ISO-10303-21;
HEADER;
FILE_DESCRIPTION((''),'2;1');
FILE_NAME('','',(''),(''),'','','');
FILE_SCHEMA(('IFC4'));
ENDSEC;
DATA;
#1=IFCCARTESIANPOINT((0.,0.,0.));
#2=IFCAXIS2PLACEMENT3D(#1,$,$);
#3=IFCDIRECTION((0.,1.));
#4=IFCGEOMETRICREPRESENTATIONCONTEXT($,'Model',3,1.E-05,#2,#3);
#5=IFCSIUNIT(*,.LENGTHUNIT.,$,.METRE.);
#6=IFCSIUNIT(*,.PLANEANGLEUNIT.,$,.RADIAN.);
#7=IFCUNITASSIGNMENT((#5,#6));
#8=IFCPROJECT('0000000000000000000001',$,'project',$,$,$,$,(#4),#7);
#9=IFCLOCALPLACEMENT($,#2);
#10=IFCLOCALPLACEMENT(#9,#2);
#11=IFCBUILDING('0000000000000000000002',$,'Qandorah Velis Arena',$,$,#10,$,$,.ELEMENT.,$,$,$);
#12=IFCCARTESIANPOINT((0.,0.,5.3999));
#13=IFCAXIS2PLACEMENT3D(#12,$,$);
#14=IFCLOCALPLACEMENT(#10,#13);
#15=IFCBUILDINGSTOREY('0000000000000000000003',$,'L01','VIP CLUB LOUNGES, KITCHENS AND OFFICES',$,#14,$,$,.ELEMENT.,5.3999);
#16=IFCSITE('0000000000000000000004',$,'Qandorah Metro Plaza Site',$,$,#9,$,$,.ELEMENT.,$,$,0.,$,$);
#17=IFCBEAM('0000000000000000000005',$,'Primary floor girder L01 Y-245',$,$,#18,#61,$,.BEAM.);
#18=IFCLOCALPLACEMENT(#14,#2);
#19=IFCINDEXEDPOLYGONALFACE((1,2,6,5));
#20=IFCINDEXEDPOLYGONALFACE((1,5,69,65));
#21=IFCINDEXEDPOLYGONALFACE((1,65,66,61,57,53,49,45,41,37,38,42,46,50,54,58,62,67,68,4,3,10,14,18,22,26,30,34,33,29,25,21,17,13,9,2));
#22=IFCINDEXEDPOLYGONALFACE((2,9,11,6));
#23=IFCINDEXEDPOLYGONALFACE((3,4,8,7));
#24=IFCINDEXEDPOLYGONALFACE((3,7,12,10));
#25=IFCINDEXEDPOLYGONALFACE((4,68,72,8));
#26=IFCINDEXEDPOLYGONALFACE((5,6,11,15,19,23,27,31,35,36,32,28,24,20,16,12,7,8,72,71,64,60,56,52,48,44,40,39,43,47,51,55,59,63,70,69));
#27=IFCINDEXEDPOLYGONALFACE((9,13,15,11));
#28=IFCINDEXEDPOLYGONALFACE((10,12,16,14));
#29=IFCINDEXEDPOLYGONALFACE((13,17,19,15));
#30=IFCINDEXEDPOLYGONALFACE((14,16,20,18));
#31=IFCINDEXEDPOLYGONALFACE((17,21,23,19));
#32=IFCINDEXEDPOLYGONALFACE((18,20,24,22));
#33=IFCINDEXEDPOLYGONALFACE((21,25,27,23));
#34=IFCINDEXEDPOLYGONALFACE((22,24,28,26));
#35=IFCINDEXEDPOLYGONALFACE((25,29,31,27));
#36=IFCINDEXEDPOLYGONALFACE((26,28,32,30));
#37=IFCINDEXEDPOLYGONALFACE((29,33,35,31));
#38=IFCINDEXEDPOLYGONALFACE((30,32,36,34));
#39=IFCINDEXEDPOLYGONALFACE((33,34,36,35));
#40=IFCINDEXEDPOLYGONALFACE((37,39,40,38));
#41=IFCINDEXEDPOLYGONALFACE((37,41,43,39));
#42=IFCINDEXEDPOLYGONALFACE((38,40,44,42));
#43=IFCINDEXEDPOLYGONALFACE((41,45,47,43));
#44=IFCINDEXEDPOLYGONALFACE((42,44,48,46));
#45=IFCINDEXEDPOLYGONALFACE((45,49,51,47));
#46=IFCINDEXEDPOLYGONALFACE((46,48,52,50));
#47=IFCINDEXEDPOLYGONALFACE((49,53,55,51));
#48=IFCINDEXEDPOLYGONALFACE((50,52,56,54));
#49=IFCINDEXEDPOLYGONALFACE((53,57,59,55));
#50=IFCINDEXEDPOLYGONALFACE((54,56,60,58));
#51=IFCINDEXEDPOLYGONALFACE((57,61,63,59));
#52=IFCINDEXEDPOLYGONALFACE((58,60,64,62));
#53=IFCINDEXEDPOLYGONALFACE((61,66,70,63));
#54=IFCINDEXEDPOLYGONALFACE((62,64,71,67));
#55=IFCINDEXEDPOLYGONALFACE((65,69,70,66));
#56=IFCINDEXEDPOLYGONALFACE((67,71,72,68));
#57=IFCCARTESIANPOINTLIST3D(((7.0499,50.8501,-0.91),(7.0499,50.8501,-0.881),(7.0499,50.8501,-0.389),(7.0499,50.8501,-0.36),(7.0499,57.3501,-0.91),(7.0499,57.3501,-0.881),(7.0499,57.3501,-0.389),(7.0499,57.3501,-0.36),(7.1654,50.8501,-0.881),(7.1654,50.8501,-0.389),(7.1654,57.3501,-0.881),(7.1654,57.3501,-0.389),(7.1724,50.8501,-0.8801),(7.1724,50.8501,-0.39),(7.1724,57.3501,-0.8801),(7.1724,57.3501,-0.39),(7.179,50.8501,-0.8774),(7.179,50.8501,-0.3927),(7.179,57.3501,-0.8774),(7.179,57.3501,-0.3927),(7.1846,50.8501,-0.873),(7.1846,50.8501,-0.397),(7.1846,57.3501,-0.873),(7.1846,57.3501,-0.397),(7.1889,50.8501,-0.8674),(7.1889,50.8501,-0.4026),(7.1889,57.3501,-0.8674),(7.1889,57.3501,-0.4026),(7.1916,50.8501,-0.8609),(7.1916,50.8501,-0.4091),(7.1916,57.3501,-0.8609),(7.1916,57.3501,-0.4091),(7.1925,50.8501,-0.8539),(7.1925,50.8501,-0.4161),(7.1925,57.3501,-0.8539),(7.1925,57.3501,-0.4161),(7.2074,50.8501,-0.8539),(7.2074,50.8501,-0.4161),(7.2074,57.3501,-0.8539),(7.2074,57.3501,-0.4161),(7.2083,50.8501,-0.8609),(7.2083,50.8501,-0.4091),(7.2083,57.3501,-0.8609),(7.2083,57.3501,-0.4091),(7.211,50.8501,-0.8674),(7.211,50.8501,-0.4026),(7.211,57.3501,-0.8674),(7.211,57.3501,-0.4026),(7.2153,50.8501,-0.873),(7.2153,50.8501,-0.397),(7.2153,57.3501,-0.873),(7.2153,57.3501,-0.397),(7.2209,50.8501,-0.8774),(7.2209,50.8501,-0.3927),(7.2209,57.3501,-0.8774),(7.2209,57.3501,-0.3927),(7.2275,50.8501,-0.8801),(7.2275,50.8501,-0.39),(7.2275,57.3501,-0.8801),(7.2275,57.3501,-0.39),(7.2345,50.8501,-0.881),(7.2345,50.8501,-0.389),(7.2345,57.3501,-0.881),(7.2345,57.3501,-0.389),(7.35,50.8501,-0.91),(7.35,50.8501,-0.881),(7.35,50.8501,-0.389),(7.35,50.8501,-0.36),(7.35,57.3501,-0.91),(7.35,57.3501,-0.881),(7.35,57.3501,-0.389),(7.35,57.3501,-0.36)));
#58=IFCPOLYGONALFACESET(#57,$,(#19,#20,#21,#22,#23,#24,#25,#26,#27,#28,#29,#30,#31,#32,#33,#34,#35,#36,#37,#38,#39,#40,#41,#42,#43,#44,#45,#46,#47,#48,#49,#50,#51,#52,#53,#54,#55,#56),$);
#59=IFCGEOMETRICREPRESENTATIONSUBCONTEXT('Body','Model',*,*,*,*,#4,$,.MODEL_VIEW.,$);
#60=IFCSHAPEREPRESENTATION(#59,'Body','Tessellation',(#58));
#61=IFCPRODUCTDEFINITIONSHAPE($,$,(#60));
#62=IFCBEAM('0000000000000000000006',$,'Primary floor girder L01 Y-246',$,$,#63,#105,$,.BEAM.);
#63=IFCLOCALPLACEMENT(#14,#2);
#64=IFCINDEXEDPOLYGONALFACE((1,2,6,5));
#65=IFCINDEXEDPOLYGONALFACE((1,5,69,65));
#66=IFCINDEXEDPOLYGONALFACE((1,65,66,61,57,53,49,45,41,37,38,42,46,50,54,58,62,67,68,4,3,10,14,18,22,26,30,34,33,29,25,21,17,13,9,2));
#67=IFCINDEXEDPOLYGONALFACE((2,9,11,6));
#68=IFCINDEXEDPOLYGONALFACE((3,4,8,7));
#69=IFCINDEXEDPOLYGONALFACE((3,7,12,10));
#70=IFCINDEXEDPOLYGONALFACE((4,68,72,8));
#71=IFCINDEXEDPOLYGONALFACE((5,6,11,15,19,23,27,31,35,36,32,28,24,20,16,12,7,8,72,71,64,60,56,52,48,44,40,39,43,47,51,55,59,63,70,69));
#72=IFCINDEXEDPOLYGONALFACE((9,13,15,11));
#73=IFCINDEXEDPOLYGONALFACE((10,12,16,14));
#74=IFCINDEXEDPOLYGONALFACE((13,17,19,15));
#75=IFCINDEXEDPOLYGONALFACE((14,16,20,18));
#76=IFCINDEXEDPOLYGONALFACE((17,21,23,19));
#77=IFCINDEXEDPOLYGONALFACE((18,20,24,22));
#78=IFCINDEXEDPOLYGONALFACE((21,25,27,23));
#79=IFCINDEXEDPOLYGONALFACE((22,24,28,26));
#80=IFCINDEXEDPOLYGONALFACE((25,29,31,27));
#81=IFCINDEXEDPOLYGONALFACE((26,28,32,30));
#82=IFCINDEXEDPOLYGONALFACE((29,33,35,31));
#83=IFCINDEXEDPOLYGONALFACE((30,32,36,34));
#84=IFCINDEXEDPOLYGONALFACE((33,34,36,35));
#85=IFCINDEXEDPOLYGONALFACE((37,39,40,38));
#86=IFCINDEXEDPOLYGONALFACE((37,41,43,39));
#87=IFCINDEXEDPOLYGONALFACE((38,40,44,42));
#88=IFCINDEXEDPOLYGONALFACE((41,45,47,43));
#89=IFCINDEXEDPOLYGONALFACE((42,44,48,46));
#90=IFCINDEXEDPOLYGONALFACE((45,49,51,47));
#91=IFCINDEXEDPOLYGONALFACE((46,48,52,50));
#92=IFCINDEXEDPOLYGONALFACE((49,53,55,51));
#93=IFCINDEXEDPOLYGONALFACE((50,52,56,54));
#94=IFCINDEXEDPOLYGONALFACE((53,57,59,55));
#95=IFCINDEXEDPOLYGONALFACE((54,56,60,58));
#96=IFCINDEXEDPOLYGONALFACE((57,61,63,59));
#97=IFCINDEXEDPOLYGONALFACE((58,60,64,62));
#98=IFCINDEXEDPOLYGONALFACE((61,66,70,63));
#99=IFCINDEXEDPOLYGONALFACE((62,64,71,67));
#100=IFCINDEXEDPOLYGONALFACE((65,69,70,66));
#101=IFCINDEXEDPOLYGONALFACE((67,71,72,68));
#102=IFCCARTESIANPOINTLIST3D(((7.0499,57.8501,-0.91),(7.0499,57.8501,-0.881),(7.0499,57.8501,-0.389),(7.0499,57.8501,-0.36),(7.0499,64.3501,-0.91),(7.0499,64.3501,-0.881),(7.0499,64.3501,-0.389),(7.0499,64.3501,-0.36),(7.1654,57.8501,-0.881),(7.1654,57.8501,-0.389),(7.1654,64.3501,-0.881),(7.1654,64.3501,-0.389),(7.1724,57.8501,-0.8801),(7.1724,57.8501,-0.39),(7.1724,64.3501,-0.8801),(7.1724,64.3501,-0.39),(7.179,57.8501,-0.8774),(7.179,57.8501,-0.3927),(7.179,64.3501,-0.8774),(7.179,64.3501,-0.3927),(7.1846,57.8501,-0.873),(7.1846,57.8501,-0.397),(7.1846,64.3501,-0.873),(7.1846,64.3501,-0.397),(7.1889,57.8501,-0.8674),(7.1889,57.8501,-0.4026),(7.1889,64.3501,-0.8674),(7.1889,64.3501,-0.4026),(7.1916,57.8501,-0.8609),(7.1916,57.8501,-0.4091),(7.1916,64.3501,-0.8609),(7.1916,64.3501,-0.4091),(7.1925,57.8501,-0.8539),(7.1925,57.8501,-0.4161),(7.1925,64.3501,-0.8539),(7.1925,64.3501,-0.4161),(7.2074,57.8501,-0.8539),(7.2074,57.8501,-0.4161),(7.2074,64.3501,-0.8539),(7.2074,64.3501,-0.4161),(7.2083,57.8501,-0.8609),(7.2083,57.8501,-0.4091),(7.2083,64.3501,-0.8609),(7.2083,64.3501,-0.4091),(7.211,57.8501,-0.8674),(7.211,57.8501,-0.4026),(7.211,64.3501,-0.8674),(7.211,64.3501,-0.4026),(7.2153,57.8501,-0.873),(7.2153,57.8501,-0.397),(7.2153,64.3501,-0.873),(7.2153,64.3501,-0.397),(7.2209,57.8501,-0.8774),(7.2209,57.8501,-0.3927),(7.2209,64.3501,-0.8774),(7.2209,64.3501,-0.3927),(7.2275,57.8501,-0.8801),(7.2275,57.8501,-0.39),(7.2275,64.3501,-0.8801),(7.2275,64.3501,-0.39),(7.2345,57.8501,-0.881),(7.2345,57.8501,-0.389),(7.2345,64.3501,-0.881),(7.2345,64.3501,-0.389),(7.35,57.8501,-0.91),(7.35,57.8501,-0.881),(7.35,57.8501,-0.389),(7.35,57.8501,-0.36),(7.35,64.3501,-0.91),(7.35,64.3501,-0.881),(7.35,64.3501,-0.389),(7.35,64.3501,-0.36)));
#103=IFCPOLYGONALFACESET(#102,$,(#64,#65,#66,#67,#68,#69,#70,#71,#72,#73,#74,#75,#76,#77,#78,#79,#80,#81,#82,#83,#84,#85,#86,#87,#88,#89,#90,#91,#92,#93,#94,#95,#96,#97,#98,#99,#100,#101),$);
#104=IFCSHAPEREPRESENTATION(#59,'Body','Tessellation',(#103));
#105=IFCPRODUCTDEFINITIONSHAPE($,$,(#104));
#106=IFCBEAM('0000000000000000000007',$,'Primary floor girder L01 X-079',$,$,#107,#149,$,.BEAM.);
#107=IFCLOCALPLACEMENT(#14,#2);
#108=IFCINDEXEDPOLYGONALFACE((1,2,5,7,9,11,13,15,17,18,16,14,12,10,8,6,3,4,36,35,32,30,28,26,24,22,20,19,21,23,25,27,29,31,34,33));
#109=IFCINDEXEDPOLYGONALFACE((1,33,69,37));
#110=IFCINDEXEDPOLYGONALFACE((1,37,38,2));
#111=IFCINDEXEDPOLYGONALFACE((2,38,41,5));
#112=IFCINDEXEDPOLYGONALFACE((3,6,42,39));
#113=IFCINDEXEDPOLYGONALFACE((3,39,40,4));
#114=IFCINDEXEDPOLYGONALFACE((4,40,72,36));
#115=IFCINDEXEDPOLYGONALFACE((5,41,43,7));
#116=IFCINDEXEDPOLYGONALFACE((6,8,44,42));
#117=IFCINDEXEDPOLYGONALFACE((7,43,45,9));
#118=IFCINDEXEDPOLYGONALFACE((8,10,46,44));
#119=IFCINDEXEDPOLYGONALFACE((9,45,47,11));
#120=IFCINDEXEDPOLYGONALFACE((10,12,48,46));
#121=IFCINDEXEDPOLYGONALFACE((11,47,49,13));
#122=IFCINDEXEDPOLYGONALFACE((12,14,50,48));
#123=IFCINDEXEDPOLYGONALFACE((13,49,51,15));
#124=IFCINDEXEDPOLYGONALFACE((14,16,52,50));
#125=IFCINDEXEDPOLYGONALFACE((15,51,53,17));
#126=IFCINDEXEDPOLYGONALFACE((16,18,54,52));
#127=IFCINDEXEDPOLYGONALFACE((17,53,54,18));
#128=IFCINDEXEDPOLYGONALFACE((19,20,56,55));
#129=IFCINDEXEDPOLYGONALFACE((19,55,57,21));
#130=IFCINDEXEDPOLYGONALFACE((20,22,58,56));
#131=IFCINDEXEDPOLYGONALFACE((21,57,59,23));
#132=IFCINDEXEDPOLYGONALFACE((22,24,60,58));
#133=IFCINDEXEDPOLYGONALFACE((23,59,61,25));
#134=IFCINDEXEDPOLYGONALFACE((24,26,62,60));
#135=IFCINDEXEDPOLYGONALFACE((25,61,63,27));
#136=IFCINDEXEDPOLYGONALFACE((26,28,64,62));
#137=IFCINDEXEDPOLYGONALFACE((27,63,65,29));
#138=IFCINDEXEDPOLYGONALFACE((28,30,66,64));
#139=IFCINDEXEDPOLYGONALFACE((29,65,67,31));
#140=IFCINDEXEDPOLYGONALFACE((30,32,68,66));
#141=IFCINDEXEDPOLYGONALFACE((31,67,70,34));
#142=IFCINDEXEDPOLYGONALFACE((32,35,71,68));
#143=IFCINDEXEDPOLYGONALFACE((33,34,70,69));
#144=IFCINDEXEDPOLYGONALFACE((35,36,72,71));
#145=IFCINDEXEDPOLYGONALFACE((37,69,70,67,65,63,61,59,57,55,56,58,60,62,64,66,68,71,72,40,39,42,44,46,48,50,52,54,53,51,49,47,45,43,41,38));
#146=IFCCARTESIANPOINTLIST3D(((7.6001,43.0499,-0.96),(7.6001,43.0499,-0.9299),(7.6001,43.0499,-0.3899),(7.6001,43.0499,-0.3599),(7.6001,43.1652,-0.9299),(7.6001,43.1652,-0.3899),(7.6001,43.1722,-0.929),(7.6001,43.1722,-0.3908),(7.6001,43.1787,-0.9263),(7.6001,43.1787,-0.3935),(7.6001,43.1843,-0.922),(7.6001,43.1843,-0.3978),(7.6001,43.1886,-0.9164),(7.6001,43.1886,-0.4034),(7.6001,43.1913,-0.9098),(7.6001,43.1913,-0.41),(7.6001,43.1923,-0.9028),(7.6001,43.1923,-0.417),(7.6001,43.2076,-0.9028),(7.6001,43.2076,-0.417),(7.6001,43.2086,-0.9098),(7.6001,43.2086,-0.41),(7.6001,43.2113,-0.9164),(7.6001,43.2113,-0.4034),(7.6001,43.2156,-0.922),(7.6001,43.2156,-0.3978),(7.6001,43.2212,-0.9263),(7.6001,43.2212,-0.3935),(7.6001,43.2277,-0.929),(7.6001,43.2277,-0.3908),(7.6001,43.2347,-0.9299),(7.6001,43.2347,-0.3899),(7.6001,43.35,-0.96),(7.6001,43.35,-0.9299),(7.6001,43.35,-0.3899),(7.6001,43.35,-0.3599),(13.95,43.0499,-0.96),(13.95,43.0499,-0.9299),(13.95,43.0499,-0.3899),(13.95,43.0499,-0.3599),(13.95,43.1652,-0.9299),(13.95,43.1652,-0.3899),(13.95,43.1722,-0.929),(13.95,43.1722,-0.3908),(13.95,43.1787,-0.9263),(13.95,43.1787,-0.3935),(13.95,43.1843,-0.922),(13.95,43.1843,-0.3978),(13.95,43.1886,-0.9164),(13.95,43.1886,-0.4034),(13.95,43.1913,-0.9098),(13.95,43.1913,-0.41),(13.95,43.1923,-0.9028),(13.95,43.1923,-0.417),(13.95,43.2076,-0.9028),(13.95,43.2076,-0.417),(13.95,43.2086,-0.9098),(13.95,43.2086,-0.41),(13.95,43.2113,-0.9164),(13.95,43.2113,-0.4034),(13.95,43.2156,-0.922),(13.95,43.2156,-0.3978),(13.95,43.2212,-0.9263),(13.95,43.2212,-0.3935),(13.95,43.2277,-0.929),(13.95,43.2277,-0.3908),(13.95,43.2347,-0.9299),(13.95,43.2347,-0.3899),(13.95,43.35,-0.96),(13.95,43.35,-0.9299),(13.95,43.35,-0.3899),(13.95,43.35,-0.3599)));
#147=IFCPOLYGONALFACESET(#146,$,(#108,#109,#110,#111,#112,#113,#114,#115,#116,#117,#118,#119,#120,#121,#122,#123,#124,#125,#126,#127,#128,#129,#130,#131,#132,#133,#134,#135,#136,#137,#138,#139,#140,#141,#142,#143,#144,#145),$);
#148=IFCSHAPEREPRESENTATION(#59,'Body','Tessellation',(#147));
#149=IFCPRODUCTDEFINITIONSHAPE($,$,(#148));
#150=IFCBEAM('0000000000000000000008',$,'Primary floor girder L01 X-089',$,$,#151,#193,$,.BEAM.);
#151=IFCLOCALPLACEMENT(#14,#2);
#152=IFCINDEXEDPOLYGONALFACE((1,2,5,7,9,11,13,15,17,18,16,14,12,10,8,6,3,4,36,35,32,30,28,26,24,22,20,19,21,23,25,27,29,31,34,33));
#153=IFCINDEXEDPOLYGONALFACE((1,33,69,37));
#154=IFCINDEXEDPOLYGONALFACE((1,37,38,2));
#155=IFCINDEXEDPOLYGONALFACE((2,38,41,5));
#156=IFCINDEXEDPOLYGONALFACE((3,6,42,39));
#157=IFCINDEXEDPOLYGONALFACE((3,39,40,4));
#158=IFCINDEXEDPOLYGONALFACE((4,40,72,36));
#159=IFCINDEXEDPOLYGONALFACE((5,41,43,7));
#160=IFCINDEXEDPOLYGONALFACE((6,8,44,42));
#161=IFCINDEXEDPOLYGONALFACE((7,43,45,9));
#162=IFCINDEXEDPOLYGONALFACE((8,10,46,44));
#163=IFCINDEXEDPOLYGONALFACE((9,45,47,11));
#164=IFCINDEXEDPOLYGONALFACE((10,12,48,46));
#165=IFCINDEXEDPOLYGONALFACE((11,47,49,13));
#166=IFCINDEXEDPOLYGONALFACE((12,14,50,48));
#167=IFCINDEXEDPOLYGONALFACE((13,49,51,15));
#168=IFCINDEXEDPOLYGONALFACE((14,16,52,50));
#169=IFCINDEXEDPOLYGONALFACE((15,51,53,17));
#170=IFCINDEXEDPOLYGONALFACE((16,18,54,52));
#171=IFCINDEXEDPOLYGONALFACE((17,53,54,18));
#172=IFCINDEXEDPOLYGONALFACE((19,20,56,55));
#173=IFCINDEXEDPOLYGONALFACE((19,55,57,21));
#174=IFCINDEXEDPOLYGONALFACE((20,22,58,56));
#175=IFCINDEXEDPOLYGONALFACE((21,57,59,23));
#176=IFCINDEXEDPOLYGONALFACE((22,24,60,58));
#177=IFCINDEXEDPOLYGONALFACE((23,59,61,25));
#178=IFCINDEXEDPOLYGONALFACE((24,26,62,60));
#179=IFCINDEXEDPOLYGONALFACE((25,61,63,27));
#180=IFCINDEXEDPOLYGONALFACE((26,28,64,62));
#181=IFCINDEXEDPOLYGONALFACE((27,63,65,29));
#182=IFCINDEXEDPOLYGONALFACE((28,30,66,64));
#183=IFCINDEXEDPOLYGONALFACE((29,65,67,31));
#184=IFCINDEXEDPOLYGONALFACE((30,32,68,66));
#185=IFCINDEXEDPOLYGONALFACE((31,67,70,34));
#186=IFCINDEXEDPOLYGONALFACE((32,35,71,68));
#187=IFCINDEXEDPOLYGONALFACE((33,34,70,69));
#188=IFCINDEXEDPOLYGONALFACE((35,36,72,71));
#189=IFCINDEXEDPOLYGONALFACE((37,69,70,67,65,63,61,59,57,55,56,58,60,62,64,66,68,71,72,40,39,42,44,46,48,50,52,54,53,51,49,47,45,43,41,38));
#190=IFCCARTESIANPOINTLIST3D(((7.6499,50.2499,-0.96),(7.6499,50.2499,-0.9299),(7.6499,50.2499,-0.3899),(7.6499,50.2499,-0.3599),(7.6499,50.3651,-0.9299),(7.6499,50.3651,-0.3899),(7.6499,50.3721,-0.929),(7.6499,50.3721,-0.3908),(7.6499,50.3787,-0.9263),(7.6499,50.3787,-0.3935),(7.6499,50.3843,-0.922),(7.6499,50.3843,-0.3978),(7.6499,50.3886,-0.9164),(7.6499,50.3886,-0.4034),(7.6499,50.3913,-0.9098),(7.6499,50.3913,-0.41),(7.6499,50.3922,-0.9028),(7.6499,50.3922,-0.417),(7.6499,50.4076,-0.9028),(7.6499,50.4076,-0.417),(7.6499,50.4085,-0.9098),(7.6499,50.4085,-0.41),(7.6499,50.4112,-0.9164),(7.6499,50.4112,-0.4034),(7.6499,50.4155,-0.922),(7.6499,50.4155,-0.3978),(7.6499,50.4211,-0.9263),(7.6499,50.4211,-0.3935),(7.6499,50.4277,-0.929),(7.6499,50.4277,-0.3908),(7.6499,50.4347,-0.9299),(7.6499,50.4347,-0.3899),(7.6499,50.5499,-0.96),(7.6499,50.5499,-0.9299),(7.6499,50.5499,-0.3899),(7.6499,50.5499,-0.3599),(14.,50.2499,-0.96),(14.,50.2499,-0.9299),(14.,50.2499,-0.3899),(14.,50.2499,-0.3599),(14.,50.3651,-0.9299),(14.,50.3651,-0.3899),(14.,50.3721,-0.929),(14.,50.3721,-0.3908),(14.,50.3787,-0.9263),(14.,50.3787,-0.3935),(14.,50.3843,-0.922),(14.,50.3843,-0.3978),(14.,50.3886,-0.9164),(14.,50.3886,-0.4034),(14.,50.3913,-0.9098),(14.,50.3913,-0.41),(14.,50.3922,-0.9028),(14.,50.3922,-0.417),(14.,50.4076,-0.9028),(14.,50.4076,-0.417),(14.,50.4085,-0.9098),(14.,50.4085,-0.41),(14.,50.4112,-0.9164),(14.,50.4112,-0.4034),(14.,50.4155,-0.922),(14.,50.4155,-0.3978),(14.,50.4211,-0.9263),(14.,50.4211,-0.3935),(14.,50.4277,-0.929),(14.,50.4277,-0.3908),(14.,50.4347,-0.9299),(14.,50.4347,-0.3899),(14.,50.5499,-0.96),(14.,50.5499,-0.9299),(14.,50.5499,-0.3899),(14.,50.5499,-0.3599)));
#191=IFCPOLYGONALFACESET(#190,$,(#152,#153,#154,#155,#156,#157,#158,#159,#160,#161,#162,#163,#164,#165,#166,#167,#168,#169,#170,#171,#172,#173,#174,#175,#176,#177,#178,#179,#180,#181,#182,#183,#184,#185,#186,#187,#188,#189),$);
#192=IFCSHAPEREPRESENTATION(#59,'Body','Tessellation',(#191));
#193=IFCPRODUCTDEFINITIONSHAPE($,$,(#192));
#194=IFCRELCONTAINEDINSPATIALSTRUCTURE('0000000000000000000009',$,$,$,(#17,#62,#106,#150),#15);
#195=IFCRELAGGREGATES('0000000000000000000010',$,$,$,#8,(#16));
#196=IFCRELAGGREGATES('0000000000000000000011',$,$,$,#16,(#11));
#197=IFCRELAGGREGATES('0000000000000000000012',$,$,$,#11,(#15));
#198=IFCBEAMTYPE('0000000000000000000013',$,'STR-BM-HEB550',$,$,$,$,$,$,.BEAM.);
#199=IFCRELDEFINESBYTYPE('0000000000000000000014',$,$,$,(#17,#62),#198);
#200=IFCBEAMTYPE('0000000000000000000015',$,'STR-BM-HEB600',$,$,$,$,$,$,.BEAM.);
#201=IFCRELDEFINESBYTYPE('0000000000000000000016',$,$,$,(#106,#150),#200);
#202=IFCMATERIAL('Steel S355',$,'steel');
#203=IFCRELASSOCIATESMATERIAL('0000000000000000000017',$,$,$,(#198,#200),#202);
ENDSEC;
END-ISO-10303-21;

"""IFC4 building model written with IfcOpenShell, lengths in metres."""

from ifc_helpers import new_model, si_unit, direction, frame, origin, origin_2d, place, context, subcontext, project, spatial, i_section, extrude, material, material_profile, profile_set, type_object, element, save


model = new_model("IFC4")

# Units and contexts
model_context = context("Model", 3, precision=1e-05, world=origin(), true_north=direction((0.0, 1.0)))
body_context = subcontext(model_context, "Body", "Model", "MODEL_VIEW")
ifc_project = project(units=[si_unit("LENGTHUNIT", "METRE"), si_unit("PLANEANGLEUNIT", "RADIAN")], contexts=[model_context])

# Site, building, storey
site_placement = place(None, origin())
site = spatial("IfcSite", under=ifc_project, at=site_placement, Name="Qandorah Metro Plaza Site", CompositionType="ELEMENT", RefElevation=0.0)
building_placement = place(site_placement, origin())
building = spatial("IfcBuilding", under=site, at=building_placement, Name="Qandorah Velis Arena", CompositionType="ELEMENT")
storey_placement = place(building_placement, frame((0.0, 0.0, 5.3999)))
storey = spatial("IfcBuildingStorey", under=building, at=storey_placement, Name="L01", Description="VIP CLUB LOUNGES, KITCHENS AND OFFICES", CompositionType="ELEMENT", Elevation=5.3999)

# Beams
ifc_material_1 = material(Name="Steel S355", Category="steel")
ifc_material_profile_1 = material_profile(ifc_material_1, i_section(OverallWidth=0.3, OverallDepth=0.55, WebThickness=0.0149, FlangeThickness=0.0291, FilletRadius=0.0271, at=origin_2d()), Name="HEB 550")
ifc_profile_set_1 = profile_set([ifc_material_profile_1], Name="Steel S355")
beam_type_1 = type_object("IfcBeamType", Name="STR-BM-HEB550", PredefinedType="BEAM", material=ifc_profile_set_1)
for number, where, z_axis, x_axis, name in (
    (1, (7.2, 50.8501, -0.635), (0.0, 1.0, 0.0), (-1.0, 0.0, 0.0), "Primary floor girder L01 Y-245"),
    (2, (7.2, 57.8501, -0.635), (0.0, 1.0, 0.0), (-1.0, 0.0, 0.0), "Primary floor girder L01 Y-246"),
):
    element("IfcBeam", number, at=place(storey_placement, frame(where, z_axis=z_axis, x_axis=x_axis)), inside=storey, type_object=beam_type_1, Name=name, PredefinedType="BEAM", context=body_context, shape_type="SweptSolid", body=[
        extrude(i_section(OverallWidth=0.3, OverallDepth=0.55, WebThickness=0.0149, FlangeThickness=0.0291, FilletRadius=0.0271, at=origin_2d()), origin(), (0.0, 0.0, 1.0), 6.5),
    ])
ifc_material_profile_2 = material_profile(ifc_material_1, i_section(OverallWidth=0.3, OverallDepth=0.6001, WebThickness=0.0154, FlangeThickness=0.03, FilletRadius=0.0271, at=origin_2d()), Name="HEB 600")
ifc_profile_set_2 = profile_set([ifc_material_profile_2], Name="Steel S355")
beam_type_2 = type_object("IfcBeamType", Name="STR-BM-HEB600", PredefinedType="BEAM", material=ifc_profile_set_2)
beam_1_placement = place(storey_placement, frame((7.6001, 43.2, -0.6599), z_axis=(1.0, 0.0, 0.0), x_axis=(0.0, 1.0, 0.0)))
element("IfcBeam", 3, at=beam_1_placement, inside=storey, type_object=beam_type_2, Name="Primary floor girder L01 X-079", PredefinedType="BEAM", context=body_context, shape_type="SweptSolid", body=[
    extrude(i_section(OverallWidth=0.3, OverallDepth=0.6001, WebThickness=0.0154, FlangeThickness=0.03, FilletRadius=0.0271, at=origin_2d()), origin(), (0.0, 0.0, 1.0), 6.3499),
])
beam_2_placement = place(storey_placement, frame((7.6499, 50.3999, -0.6599), z_axis=(1.0, 0.0, 0.0), x_axis=(0.0, 1.0, 0.0)))
element("IfcBeam", 4, at=beam_2_placement, inside=storey, type_object=beam_type_2, Name="Primary floor girder L01 X-089", PredefinedType="BEAM", context=body_context, shape_type="SweptSolid", body=[
    extrude(i_section(OverallWidth=0.3, OverallDepth=0.6001, WebThickness=0.0154, FlangeThickness=0.03, FilletRadius=0.0271, at=origin_2d()), origin(), (0.0, 0.0, 1.0), 6.3501),
])

save(model, "model.ifc")
